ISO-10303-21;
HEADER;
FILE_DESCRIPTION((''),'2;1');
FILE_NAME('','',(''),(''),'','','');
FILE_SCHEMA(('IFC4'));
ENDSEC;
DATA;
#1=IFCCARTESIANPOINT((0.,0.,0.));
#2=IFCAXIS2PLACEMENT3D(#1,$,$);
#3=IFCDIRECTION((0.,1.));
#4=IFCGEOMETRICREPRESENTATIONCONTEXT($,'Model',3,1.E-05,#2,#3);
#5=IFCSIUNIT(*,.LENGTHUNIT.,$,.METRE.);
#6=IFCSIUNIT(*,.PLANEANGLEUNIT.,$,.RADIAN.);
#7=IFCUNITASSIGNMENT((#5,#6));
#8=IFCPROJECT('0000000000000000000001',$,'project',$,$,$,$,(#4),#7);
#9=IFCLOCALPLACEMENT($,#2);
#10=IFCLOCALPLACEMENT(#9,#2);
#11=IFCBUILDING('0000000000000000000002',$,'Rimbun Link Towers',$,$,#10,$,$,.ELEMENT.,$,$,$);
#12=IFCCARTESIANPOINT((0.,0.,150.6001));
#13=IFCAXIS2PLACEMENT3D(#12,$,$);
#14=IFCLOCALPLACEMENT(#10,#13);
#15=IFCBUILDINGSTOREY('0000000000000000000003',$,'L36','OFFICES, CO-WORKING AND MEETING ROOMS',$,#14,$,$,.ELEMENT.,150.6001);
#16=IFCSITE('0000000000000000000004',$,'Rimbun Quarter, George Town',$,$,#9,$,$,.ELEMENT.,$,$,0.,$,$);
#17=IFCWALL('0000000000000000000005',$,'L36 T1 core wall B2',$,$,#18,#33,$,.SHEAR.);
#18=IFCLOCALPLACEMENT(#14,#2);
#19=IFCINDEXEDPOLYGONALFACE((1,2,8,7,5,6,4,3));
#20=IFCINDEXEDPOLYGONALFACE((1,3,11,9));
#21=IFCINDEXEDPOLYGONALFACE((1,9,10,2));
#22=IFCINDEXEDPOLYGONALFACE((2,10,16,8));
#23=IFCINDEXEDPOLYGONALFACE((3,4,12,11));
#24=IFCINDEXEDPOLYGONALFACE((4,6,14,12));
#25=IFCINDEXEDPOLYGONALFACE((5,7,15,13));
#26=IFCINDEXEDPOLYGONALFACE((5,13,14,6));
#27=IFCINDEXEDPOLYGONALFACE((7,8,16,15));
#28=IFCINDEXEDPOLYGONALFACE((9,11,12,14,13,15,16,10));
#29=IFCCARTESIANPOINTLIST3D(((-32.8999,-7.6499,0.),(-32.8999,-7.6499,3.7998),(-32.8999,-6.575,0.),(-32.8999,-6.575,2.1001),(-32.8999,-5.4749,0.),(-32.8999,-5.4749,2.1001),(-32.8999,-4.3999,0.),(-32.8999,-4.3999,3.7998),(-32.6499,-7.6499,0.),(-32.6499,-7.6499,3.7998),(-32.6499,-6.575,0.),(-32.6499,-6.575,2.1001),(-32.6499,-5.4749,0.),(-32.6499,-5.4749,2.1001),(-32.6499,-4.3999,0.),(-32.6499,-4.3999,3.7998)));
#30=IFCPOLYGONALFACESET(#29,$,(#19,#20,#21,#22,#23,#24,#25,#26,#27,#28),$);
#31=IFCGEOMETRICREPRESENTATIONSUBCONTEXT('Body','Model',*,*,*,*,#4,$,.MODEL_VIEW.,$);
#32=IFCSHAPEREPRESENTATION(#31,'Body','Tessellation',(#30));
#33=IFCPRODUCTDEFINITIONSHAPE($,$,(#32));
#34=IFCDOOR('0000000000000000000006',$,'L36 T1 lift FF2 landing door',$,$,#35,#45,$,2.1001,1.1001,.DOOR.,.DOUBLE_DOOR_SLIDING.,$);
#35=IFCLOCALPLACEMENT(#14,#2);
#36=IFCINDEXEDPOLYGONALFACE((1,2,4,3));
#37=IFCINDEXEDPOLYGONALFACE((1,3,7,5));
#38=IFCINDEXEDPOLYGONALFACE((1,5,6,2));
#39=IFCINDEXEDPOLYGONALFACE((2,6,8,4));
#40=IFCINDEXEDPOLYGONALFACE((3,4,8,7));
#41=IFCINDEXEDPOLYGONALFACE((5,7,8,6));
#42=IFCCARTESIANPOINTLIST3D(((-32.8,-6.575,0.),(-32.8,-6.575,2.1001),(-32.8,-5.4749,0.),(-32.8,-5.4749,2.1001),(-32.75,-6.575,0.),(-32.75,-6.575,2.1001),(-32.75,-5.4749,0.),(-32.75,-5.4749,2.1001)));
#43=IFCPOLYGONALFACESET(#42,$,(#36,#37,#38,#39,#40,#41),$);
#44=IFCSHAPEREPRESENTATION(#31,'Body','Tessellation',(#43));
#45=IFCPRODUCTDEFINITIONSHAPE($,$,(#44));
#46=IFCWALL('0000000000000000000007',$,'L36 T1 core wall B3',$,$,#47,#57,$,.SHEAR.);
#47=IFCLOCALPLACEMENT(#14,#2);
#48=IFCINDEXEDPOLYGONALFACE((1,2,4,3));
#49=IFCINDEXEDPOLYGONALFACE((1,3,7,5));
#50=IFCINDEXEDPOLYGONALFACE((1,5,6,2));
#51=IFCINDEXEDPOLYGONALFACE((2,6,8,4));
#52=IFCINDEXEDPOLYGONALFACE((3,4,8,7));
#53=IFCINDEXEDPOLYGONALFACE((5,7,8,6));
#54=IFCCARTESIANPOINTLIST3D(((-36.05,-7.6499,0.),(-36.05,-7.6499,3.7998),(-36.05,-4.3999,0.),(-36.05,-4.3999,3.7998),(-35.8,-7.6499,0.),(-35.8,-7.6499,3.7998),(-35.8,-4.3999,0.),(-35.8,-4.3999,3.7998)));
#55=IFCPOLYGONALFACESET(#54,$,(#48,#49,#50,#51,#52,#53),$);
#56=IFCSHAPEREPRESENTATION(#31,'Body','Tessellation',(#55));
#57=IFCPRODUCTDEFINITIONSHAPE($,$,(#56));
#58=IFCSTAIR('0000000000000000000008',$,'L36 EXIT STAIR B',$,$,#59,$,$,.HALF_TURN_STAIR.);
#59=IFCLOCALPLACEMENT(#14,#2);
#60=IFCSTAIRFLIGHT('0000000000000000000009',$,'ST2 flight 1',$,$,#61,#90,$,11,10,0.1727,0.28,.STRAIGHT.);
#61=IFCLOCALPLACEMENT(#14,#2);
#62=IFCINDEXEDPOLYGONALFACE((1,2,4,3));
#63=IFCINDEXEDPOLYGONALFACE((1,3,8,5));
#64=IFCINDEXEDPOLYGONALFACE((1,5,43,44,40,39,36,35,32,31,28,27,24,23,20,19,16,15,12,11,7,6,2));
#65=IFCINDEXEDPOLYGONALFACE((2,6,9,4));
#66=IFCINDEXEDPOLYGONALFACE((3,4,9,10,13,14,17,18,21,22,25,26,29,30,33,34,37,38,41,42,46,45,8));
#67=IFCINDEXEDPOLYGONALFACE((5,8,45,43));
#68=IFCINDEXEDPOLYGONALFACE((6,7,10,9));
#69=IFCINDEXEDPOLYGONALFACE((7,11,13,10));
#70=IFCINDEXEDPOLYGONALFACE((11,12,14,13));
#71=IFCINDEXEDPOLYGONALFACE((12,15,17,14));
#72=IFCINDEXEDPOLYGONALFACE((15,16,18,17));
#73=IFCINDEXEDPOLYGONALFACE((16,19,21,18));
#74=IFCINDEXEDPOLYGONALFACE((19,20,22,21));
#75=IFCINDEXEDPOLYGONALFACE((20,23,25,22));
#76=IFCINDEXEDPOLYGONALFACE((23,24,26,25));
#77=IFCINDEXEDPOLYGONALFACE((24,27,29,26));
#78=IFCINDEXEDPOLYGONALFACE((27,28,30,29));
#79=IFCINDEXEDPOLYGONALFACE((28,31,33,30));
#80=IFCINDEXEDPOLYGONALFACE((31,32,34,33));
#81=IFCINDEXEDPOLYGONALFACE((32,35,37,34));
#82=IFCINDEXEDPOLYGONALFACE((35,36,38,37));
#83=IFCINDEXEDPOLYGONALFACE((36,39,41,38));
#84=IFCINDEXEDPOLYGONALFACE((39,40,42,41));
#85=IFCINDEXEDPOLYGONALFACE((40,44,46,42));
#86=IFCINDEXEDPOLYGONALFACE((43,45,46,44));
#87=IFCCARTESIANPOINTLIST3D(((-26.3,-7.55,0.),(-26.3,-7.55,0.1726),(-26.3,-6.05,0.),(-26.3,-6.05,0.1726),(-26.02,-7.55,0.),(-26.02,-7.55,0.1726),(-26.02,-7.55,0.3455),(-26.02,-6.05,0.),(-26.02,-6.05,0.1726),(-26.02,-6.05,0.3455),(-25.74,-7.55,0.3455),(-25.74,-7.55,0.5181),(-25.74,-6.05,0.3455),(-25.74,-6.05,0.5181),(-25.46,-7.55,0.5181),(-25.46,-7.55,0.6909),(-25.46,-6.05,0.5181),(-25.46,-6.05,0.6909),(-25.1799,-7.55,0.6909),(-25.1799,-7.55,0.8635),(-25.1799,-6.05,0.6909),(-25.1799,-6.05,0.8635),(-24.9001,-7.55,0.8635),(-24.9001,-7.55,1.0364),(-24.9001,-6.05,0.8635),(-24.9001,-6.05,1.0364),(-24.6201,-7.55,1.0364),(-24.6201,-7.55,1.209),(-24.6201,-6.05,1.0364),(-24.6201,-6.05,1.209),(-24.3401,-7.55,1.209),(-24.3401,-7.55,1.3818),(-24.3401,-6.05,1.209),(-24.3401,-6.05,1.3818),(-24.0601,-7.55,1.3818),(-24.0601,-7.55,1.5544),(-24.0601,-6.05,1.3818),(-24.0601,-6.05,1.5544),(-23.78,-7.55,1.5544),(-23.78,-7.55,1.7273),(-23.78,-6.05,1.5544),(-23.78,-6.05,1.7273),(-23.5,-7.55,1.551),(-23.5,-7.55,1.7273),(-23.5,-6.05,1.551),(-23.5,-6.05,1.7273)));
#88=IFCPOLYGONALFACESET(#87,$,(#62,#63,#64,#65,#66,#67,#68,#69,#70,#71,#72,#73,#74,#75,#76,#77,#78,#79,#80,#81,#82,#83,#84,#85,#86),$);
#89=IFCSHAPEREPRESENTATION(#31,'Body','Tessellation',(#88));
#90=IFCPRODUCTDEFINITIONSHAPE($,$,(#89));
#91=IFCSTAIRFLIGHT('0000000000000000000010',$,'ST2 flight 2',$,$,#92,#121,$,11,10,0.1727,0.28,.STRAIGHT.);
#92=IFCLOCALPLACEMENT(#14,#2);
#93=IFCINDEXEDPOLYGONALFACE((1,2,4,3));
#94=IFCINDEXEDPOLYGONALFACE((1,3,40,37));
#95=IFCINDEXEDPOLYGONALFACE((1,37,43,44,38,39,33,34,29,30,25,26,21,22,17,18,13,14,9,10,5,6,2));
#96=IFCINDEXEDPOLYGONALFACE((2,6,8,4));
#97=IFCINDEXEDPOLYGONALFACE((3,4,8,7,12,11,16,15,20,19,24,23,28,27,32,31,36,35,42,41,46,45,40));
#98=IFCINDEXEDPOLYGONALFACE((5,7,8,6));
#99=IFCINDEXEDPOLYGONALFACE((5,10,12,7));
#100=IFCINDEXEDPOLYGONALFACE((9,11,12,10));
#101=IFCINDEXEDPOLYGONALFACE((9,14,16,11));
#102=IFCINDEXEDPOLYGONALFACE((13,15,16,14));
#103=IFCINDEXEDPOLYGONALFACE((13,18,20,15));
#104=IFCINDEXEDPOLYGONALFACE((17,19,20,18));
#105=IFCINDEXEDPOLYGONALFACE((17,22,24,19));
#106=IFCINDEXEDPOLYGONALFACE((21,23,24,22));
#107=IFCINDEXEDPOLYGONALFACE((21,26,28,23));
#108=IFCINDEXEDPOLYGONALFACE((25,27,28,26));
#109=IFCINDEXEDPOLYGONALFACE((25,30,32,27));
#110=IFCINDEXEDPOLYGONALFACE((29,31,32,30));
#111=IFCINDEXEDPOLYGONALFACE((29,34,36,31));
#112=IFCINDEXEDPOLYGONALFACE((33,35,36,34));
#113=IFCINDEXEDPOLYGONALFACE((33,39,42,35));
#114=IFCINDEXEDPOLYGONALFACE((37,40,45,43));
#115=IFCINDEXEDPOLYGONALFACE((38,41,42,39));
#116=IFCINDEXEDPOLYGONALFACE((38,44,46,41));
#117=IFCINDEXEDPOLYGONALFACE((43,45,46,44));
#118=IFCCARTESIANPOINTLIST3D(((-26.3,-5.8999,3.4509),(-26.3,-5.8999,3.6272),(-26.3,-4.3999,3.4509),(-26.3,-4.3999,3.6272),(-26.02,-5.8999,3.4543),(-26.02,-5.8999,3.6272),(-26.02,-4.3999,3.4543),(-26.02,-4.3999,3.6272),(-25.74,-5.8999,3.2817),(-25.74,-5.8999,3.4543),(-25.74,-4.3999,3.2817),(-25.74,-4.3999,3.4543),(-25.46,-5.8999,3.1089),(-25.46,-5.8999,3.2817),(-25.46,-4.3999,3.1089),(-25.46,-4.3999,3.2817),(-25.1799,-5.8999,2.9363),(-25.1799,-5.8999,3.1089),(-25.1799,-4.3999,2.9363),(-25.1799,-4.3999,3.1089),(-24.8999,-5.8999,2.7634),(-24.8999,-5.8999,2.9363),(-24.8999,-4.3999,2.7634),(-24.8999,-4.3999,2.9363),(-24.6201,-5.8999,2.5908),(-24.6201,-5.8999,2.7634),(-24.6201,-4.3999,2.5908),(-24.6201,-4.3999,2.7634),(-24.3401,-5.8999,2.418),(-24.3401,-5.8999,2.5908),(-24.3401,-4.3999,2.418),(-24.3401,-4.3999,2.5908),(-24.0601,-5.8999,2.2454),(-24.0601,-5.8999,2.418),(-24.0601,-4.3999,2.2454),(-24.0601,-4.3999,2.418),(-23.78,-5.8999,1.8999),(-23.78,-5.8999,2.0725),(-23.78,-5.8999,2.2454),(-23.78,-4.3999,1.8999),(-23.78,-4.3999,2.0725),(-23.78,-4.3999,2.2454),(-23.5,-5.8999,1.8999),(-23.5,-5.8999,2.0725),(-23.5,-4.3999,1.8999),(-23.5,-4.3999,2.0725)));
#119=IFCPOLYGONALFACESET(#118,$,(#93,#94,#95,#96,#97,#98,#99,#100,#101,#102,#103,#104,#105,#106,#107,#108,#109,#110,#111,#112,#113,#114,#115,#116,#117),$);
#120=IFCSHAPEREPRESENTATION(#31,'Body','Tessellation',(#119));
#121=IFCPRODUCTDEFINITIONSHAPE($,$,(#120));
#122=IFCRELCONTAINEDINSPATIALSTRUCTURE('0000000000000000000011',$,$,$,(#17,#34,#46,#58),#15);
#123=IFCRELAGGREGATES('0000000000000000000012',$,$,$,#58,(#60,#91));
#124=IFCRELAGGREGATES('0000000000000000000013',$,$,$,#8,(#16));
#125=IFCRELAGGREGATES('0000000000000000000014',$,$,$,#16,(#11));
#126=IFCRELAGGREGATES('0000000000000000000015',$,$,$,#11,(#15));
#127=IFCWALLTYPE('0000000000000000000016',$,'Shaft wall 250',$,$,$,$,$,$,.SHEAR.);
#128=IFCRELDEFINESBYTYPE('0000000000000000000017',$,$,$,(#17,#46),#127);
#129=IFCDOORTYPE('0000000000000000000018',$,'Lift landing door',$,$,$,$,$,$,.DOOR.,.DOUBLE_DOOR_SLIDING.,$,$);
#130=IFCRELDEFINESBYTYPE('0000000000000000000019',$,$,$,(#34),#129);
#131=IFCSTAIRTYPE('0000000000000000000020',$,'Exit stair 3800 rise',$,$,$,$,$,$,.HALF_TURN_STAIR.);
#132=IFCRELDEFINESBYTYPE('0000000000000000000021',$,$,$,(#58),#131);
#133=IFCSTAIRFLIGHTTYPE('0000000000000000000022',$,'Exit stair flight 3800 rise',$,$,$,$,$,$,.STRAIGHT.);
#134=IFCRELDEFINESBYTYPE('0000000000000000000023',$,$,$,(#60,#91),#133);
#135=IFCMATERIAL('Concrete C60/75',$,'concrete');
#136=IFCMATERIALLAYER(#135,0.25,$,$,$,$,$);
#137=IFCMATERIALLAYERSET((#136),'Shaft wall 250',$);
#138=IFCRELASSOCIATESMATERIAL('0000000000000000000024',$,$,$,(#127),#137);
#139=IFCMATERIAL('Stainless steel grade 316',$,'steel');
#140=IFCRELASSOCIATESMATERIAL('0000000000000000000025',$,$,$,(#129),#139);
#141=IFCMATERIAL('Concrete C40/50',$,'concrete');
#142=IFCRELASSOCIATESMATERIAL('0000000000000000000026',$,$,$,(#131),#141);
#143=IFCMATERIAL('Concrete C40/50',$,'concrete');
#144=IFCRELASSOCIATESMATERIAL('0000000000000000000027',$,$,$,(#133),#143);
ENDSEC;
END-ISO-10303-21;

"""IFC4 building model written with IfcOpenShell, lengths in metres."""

from ifc_helpers import new_model, si_unit, direction, frame, frame_2d, origin, place, context, subcontext, project, spatial, polyline, rectangle, outline, extrude, material, layer, layer_set, type_object, element, fill, aggregate, save


model = new_model("IFC4")

# Units and contexts
model_context = context("Model", 3, precision=1e-05, world=origin(), true_north=direction((0.0, 1.0)))
body_context = subcontext(model_context, "Body", "Model", "MODEL_VIEW")
ifc_project = project(units=[si_unit("LENGTHUNIT", "METRE"), si_unit("PLANEANGLEUNIT", "RADIAN")], contexts=[model_context])

# Site, building, storey
site_placement = place(None, origin())
site = spatial("IfcSite", under=ifc_project, at=site_placement, Name="Rimbun Quarter, George Town", CompositionType="ELEMENT", RefElevation=0.0)
building_placement = place(site_placement, origin())
building = spatial("IfcBuilding", under=site, at=building_placement, Name="Rimbun Link Towers", CompositionType="ELEMENT")
storey_placement = place(building_placement, frame((0.0, 0.0, 150.6001)))
storey = spatial("IfcBuildingStorey", under=building, at=storey_placement, Name="L36", Description="OFFICES, CO-WORKING AND MEETING ROOMS", CompositionType="ELEMENT", Elevation=150.6001)

# Shared definitions
ifc_material_1 = material(Name="Concrete C60/75", Category="concrete")
ifc_layer = layer(ifc_material_1, 0.25)
ifc_layer_set = layer_set([ifc_layer], Name="Shaft wall 250")
wall_type = type_object("IfcWallType", Name="Shaft wall 250", PredefinedType="SHEAR", material=ifc_layer_set)

# Wall, opening, door
wall_1_placement = place(storey_placement, frame((-32.7749, -4.3999, 0.0), z_axis=(0.0, 0.0, 1.0), x_axis=(0.0, -1.0, 0.0)))
wall_1 = element("IfcWall", 1, at=wall_1_placement, inside=storey, type_object=wall_type, Name="L36 T1 core wall B2", PredefinedType="SHEAR", context=body_context, shape_type="SweptSolid", body=[
    extrude(rectangle(XDim=3.25, YDim=0.25, at=frame_2d((1.625, 0.0))), origin(), (0.0, 0.0, 1.0), 3.7998),
])
opening_1_placement = place(wall_1_placement, frame((1.075, 0.0, 0.0)))
opening_1 = element("IfcOpeningElement", 2, at=opening_1_placement, cuts=wall_1, PredefinedType="OPENING", context=body_context, shape_type="SweptSolid", body=[
    extrude(rectangle(XDim=1.1001, YDim=2.1001, at=frame_2d((0.55, 1.05))), frame((0.0, 0.135, 0.0), z_axis=(0.0, -1.0, 0.0), x_axis=(1.0, 0.0, 0.0)), (0.0, 0.0, 1.0), 0.27),
])
ifc_material_2 = material(Name="Stainless steel grade 316", Category="steel")
door_type_1 = type_object("IfcDoorType", Name="Lift landing door", OperationType="DOUBLE_DOOR_SLIDING", PredefinedType="DOOR", material=ifc_material_2)
door_1_placement = place(opening_1_placement, origin())
door_1 = element("IfcDoor", 3, at=door_1_placement, inside=storey, type_object=door_type_1, Name="L36 T1 lift FF2 landing door", OperationType="DOUBLE_DOOR_SLIDING", OverallHeight=2.1001, OverallWidth=1.1001, PredefinedType="DOOR", context=body_context, shape_type="SweptSolid", body=[
    extrude(rectangle(XDim=1.1001, YDim=2.1001, at=frame_2d((0.55, 1.05))), frame((0.0, 0.0249, 0.0), z_axis=(0.0, -1.0, 0.0), x_axis=(1.0, 0.0, 0.0)), (0.0, 0.0, 1.0), 0.05),
])
fill(opening_1, door_1)

# Wall
wall_2_placement = place(storey_placement, frame((-35.925, -4.3999, 0.0), z_axis=(0.0, 0.0, 1.0), x_axis=(0.0, -1.0, 0.0)))
element("IfcWall", 4, at=wall_2_placement, inside=storey, type_object=wall_type, Name="L36 T1 core wall B3", PredefinedType="SHEAR", context=body_context, shape_type="SweptSolid", body=[
    extrude(rectangle(XDim=3.25, YDim=0.25, at=frame_2d((1.625, 0.0))), origin(), (0.0, 0.0, 1.0), 3.7998),
])

# Stair, stair flights
ifc_material_3 = material(Name="Concrete C40/50", Category="concrete")
stair_type = type_object("IfcStairType", Name="Exit stair 3800 rise", PredefinedType="HALF_TURN_STAIR", material=ifc_material_3)
stair_placement = place(storey_placement, origin())
stair = element("IfcStair", 5, at=stair_placement, inside=storey, type_object=stair_type, Name="L36 EXIT STAIR B", PredefinedType="HALF_TURN_STAIR")
ifc_material_4 = material(Name="Concrete C40/50", Category="concrete")
stair_flight_type = type_object("IfcStairFlightType", Name="Exit stair flight 3800 rise", PredefinedType="STRAIGHT", material=ifc_material_4)
stair_flight_1_placement = place(storey_placement, frame((-26.3, -6.8, 0.0), z_axis=(0.0, 0.0, 1.0), x_axis=(1.0, 0.0, 0.0)))
stair_flight_1 = element("IfcStairFlight", 6, at=stair_flight_1_placement, type_object=stair_flight_type, Name="ST2 flight 1", NumberOfRisers=11, NumberOfTreads=10, PredefinedType="STRAIGHT", RiserHeight=0.1727, TreadLength=0.28, context=body_context, shape_type="SweptSolid", body=[
    extrude(outline(polyline([(0.0, 0.0), (0.0, 0.1726), (0.28, 0.1726), (0.28, 0.3455), (0.5601, 0.3455), (0.5601, 0.5181), (0.8401, 0.5181), (0.8401, 0.6909), (1.1201, 0.6909), (1.1201, 0.8635), (1.3999, 0.8635), (1.3999, 1.0364), (1.6799, 1.0364), (1.6799, 1.209), (1.96, 1.209), (1.96, 1.3818), (2.24, 1.3818), (2.24, 1.5544), (2.52, 1.5544), (2.52, 1.7273), (2.8, 1.7273), (2.8, 1.8999), (2.8, 1.551), (0.28, 0.0), (0.0, 0.0)])), frame((0.0, 0.75, 0.0), z_axis=(0.0, -1.0, 0.0), x_axis=(1.0, 0.0, 0.0)), (0.0, 0.0, 1.0), 1.5),
])
stair_flight_2_placement = place(storey_placement, frame((-23.5, -5.1499, 1.8999), z_axis=(0.0, 0.0, 1.0), x_axis=(-1.0, 0.0, 0.0)))
stair_flight_2 = element("IfcStairFlight", 7, at=stair_flight_2_placement, type_object=stair_flight_type, Name="ST2 flight 2", NumberOfRisers=11, NumberOfTreads=10, PredefinedType="STRAIGHT", RiserHeight=0.1727, TreadLength=0.28, context=body_context, shape_type="SweptSolid", body=[
    extrude(outline(polyline([(0.0, 0.0), (0.0, 0.1726), (0.28, 0.1726), (0.28, 0.3455), (0.5601, 0.3455), (0.5601, 0.5181), (0.8401, 0.5181), (0.8401, 0.6909), (1.1201, 0.6909), (1.1201, 0.8635), (1.3999, 0.8635), (1.3999, 1.0364), (1.6799, 1.0364), (1.6799, 1.209), (1.96, 1.209), (1.96, 1.3818), (2.24, 1.3818), (2.24, 1.5544), (2.52, 1.5544), (2.52, 1.7273), (2.8, 1.7273), (2.8, 1.8999), (2.8, 1.551), (0.28, 0.0), (0.0, 0.0)])), frame((0.0, 0.75, 0.0), z_axis=(0.0, -1.0, 0.0), x_axis=(1.0, 0.0, 0.0)), (0.0, 0.0, 1.0), 1.5),
])
aggregate(stair, [stair_flight_1, stair_flight_2])

save(model, "model.ifc")
